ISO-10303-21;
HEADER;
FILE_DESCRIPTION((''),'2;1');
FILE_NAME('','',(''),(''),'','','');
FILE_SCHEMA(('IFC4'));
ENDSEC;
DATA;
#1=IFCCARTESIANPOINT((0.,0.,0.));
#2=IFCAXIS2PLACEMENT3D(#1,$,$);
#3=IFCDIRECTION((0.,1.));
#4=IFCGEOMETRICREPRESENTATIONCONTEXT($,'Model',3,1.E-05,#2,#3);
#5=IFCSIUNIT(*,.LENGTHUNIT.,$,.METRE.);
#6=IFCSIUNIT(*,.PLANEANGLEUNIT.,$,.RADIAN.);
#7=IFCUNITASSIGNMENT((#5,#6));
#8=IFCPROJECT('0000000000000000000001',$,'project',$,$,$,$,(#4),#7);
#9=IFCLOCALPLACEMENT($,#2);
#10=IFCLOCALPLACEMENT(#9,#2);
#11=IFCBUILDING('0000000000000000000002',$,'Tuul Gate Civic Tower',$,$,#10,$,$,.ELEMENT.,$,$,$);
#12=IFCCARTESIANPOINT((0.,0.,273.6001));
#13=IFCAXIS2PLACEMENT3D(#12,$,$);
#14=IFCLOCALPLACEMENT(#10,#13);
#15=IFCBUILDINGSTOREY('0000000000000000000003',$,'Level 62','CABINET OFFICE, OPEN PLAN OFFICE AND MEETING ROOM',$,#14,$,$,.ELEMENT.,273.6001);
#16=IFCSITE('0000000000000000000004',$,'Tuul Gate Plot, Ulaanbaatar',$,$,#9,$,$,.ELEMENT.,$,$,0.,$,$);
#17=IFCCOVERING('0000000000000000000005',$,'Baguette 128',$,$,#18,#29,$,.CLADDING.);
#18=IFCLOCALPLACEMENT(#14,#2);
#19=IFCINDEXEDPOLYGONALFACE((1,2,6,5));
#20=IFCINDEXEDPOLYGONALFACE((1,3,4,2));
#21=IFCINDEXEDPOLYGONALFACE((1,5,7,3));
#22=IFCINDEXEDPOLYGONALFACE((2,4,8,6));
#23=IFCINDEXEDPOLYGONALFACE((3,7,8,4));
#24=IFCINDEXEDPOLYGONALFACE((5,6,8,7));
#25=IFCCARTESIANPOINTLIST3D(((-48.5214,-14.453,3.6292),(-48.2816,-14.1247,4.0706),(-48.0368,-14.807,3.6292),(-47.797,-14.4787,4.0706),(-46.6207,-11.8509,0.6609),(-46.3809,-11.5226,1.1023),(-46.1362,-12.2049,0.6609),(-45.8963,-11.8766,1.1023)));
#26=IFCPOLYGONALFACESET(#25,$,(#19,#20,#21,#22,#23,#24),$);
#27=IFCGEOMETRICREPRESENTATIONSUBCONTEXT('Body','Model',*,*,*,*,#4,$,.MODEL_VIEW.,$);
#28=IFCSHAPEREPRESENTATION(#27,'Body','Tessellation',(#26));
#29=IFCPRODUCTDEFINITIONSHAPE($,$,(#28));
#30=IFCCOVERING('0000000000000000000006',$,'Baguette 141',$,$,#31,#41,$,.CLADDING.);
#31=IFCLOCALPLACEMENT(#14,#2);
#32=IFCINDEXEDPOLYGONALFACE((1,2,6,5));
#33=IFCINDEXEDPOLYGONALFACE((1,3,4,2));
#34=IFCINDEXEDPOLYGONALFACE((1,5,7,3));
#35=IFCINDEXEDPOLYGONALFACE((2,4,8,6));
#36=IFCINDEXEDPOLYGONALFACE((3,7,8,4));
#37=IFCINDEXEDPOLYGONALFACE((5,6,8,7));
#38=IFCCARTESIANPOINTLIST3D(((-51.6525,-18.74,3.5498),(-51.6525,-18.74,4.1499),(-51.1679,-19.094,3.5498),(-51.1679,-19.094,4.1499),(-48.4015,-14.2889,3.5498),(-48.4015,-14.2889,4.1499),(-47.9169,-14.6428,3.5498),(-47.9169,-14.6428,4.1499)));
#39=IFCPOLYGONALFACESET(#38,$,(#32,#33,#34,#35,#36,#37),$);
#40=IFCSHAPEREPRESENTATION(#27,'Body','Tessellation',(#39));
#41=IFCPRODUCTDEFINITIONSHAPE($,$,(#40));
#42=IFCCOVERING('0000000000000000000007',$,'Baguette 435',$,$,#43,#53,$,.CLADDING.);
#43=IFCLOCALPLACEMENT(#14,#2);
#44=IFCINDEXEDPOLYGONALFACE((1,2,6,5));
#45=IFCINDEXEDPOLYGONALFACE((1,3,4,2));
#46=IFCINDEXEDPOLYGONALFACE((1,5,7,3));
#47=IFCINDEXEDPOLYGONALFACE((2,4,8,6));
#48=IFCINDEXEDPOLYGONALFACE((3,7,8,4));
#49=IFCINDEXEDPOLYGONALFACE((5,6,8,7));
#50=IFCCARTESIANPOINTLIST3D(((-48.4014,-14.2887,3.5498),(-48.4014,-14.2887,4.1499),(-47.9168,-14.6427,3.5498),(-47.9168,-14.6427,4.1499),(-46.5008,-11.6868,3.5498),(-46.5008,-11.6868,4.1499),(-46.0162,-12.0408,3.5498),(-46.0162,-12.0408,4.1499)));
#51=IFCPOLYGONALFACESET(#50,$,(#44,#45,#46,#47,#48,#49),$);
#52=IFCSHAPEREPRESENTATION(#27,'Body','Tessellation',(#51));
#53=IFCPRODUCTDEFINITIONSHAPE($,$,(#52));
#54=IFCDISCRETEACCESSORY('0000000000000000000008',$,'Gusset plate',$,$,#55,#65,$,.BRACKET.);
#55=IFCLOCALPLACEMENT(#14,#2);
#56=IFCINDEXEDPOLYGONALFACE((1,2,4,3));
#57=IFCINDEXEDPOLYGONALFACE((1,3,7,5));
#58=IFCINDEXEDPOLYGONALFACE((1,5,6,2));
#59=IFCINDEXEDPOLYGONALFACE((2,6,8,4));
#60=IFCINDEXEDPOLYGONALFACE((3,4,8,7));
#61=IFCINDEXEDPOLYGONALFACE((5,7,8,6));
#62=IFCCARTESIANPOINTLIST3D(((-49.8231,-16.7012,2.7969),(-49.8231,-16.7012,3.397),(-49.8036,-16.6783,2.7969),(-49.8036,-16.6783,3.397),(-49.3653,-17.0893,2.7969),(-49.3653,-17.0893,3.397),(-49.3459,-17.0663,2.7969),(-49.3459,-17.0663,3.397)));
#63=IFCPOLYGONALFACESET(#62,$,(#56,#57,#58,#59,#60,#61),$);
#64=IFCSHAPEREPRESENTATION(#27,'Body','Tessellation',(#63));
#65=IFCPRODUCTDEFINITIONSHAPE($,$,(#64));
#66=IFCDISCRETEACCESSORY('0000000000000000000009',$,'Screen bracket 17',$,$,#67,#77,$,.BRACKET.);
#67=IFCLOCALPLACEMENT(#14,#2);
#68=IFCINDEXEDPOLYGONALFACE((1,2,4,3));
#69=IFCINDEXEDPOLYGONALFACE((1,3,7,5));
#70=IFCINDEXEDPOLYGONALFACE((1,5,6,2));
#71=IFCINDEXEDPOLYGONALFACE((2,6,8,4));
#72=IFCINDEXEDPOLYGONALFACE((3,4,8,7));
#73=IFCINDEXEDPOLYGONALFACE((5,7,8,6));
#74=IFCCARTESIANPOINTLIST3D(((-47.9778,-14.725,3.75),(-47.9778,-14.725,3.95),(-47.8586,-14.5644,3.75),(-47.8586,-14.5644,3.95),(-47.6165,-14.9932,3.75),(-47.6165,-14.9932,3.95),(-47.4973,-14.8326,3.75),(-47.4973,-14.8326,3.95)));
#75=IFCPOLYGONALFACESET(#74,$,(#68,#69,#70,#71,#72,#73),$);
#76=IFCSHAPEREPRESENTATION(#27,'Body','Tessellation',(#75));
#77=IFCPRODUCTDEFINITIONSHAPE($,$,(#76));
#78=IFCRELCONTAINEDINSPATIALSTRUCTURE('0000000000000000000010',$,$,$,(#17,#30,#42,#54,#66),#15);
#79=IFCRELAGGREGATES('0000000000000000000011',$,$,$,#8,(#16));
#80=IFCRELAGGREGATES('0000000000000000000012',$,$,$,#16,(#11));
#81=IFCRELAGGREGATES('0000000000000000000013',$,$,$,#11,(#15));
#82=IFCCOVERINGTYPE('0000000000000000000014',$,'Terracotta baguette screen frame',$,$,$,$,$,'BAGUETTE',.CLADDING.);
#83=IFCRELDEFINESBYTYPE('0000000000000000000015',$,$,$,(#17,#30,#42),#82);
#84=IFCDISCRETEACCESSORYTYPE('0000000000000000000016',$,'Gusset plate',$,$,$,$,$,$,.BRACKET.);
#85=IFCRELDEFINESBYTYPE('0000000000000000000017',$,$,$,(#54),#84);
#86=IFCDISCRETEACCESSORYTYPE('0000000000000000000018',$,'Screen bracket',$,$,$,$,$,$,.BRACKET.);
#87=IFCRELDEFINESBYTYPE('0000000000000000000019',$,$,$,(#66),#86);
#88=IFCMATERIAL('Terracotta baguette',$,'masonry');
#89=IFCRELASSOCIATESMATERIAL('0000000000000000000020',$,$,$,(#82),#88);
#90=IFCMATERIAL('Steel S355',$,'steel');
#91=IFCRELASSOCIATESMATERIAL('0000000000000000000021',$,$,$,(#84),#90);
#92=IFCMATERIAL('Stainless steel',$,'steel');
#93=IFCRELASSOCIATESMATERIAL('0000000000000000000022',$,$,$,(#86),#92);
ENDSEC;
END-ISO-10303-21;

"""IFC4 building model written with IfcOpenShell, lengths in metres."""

from ifc_helpers import new_model, si_unit, direction, frame, origin, origin_2d, place, context, subcontext, project, spatial, rectangle, extrude, material, material_profile, profile_set, type_object, element, save


model = new_model("IFC4")

# Units and contexts
model_context = context("Model", 3, precision=1e-05, world=origin(), true_north=direction((0.0, 1.0)))
body_context = subcontext(model_context, "Body", "Model", "MODEL_VIEW")
ifc_project = project(units=[si_unit("LENGTHUNIT", "METRE"), si_unit("PLANEANGLEUNIT", "RADIAN")], contexts=[model_context])

# Site, building, storey
site_placement = place(None, origin())
site = spatial("IfcSite", under=ifc_project, at=site_placement, Name="Tuul Gate Plot, Ulaanbaatar", CompositionType="ELEMENT", RefElevation=0.0)
building_placement = place(site_placement, origin())
building = spatial("IfcBuilding", under=site, at=building_placement, Name="Tuul Gate Civic Tower", CompositionType="ELEMENT")
storey_placement = place(building_placement, frame((0.0, 0.0, 273.6001)))
storey = spatial("IfcBuildingStorey", under=building, at=storey_placement, Name="Level 62", Description="CABINET OFFICE, OPEN PLAN OFFICE AND MEETING ROOM", CompositionType="ELEMENT", Elevation=273.6001)

# Coverings
ifc_material_1 = material(Name="Terracotta baguette", Category="masonry")
ifc_material_profile_1 = material_profile(ifc_material_1, rectangle(XDim=0.6001, YDim=0.6001, at=origin_2d()), Name="Terracotta baguette screen frame")
ifc_profile_set_1 = profile_set([ifc_material_profile_1], Name="Terracotta baguette")
covering_type = type_object("IfcCoveringType", Name="Terracotta baguette screen frame", ElementType="BAGUETTE", PredefinedType="CLADDING", material=ifc_profile_set_1)
covering_1_placement = place(storey_placement, frame((-46.2585, -11.8638, 0.8816), z_axis=(-0.43383, -0.593932, 0.677522), x_axis=(0.807519, -0.589842, 0.0)))
element("IfcCovering", 1, at=covering_1_placement, inside=storey, type_object=covering_type, Name="Baguette 128", PredefinedType="CLADDING", context=body_context, shape_type="SweptSolid", body=[
    extrude(rectangle(XDim=0.6001, YDim=0.6001, at=origin_2d()), origin(), (0.0, 0.0, 1.0), 4.3811),
])
covering_2_placement = place(storey_placement, frame((-48.1592, -14.4658, 3.8499), z_axis=(-0.589803, -0.807547, 0.0), x_axis=(0.807547, -0.589803, 0.0)))
element("IfcCovering", 2, at=covering_2_placement, inside=storey, type_object=covering_type, Name="Baguette 141", PredefinedType="CLADDING", context=body_context, shape_type="SweptSolid", body=[
    extrude(rectangle(XDim=0.6001, YDim=0.6001, at=origin_2d()), origin(), (0.0, 0.0, 1.0), 5.512),
])
covering_3_placement = place(storey_placement, frame((-46.2585, -11.8638, 3.8499), z_axis=(-0.589842, -0.807519, 0.0), x_axis=(0.807519, -0.589842, 0.0)))
element("IfcCovering", 3, at=covering_3_placement, inside=storey, type_object=covering_type, Name="Baguette 435", PredefinedType="CLADDING", context=body_context, shape_type="SweptSolid", body=[
    extrude(rectangle(XDim=0.6001, YDim=0.6001, at=origin_2d()), origin(), (0.0, 0.0, 1.0), 3.2222),
])

# Discrete accessories
ifc_material_2 = material(Name="Steel S355", Category="steel")
discrete_accessory_type_1 = type_object("IfcDiscreteAccessoryType", Name="Gusset plate", PredefinedType="BRACKET", material=ifc_material_2)
discrete_accessory_1_placement = place(storey_placement, frame((-49.5845, -16.8838, 2.7969), z_axis=(0.0, 0.0, 1.0), x_axis=(0.762825, -0.646605, 0.0)))
element("IfcDiscreteAccessory", 4, at=discrete_accessory_1_placement, inside=storey, type_object=discrete_accessory_type_1, Name="Gusset plate", PredefinedType="BRACKET", context=body_context, shape_type="SweptSolid", body=[
    extrude(rectangle(XDim=0.6001, YDim=0.03, at=origin_2d()), origin(), (0.0, 0.0, 1.0), 0.6001),
])
ifc_material_3 = material(Name="Stainless steel", Category="steel")
discrete_accessory_type_2 = type_object("IfcDiscreteAccessoryType", Name="Screen bracket", PredefinedType="BRACKET", material=ifc_material_3)
discrete_accessory_2_placement = place(storey_placement, frame((-47.7375, -14.7788, 3.75), z_axis=(0.0, 0.0, 1.0), x_axis=(-0.802954, 0.596041, 0.0)))
element("IfcDiscreteAccessory", 5, at=discrete_accessory_2_placement, inside=storey, type_object=discrete_accessory_type_2, Name="Screen bracket 17", PredefinedType="BRACKET", context=body_context, shape_type="SweptSolid", body=[
    extrude(rectangle(XDim=0.45, YDim=0.2, at=origin_2d()), origin(), (0.0, 0.0, 1.0), 0.2),
])

save(model, "model.ifc")
